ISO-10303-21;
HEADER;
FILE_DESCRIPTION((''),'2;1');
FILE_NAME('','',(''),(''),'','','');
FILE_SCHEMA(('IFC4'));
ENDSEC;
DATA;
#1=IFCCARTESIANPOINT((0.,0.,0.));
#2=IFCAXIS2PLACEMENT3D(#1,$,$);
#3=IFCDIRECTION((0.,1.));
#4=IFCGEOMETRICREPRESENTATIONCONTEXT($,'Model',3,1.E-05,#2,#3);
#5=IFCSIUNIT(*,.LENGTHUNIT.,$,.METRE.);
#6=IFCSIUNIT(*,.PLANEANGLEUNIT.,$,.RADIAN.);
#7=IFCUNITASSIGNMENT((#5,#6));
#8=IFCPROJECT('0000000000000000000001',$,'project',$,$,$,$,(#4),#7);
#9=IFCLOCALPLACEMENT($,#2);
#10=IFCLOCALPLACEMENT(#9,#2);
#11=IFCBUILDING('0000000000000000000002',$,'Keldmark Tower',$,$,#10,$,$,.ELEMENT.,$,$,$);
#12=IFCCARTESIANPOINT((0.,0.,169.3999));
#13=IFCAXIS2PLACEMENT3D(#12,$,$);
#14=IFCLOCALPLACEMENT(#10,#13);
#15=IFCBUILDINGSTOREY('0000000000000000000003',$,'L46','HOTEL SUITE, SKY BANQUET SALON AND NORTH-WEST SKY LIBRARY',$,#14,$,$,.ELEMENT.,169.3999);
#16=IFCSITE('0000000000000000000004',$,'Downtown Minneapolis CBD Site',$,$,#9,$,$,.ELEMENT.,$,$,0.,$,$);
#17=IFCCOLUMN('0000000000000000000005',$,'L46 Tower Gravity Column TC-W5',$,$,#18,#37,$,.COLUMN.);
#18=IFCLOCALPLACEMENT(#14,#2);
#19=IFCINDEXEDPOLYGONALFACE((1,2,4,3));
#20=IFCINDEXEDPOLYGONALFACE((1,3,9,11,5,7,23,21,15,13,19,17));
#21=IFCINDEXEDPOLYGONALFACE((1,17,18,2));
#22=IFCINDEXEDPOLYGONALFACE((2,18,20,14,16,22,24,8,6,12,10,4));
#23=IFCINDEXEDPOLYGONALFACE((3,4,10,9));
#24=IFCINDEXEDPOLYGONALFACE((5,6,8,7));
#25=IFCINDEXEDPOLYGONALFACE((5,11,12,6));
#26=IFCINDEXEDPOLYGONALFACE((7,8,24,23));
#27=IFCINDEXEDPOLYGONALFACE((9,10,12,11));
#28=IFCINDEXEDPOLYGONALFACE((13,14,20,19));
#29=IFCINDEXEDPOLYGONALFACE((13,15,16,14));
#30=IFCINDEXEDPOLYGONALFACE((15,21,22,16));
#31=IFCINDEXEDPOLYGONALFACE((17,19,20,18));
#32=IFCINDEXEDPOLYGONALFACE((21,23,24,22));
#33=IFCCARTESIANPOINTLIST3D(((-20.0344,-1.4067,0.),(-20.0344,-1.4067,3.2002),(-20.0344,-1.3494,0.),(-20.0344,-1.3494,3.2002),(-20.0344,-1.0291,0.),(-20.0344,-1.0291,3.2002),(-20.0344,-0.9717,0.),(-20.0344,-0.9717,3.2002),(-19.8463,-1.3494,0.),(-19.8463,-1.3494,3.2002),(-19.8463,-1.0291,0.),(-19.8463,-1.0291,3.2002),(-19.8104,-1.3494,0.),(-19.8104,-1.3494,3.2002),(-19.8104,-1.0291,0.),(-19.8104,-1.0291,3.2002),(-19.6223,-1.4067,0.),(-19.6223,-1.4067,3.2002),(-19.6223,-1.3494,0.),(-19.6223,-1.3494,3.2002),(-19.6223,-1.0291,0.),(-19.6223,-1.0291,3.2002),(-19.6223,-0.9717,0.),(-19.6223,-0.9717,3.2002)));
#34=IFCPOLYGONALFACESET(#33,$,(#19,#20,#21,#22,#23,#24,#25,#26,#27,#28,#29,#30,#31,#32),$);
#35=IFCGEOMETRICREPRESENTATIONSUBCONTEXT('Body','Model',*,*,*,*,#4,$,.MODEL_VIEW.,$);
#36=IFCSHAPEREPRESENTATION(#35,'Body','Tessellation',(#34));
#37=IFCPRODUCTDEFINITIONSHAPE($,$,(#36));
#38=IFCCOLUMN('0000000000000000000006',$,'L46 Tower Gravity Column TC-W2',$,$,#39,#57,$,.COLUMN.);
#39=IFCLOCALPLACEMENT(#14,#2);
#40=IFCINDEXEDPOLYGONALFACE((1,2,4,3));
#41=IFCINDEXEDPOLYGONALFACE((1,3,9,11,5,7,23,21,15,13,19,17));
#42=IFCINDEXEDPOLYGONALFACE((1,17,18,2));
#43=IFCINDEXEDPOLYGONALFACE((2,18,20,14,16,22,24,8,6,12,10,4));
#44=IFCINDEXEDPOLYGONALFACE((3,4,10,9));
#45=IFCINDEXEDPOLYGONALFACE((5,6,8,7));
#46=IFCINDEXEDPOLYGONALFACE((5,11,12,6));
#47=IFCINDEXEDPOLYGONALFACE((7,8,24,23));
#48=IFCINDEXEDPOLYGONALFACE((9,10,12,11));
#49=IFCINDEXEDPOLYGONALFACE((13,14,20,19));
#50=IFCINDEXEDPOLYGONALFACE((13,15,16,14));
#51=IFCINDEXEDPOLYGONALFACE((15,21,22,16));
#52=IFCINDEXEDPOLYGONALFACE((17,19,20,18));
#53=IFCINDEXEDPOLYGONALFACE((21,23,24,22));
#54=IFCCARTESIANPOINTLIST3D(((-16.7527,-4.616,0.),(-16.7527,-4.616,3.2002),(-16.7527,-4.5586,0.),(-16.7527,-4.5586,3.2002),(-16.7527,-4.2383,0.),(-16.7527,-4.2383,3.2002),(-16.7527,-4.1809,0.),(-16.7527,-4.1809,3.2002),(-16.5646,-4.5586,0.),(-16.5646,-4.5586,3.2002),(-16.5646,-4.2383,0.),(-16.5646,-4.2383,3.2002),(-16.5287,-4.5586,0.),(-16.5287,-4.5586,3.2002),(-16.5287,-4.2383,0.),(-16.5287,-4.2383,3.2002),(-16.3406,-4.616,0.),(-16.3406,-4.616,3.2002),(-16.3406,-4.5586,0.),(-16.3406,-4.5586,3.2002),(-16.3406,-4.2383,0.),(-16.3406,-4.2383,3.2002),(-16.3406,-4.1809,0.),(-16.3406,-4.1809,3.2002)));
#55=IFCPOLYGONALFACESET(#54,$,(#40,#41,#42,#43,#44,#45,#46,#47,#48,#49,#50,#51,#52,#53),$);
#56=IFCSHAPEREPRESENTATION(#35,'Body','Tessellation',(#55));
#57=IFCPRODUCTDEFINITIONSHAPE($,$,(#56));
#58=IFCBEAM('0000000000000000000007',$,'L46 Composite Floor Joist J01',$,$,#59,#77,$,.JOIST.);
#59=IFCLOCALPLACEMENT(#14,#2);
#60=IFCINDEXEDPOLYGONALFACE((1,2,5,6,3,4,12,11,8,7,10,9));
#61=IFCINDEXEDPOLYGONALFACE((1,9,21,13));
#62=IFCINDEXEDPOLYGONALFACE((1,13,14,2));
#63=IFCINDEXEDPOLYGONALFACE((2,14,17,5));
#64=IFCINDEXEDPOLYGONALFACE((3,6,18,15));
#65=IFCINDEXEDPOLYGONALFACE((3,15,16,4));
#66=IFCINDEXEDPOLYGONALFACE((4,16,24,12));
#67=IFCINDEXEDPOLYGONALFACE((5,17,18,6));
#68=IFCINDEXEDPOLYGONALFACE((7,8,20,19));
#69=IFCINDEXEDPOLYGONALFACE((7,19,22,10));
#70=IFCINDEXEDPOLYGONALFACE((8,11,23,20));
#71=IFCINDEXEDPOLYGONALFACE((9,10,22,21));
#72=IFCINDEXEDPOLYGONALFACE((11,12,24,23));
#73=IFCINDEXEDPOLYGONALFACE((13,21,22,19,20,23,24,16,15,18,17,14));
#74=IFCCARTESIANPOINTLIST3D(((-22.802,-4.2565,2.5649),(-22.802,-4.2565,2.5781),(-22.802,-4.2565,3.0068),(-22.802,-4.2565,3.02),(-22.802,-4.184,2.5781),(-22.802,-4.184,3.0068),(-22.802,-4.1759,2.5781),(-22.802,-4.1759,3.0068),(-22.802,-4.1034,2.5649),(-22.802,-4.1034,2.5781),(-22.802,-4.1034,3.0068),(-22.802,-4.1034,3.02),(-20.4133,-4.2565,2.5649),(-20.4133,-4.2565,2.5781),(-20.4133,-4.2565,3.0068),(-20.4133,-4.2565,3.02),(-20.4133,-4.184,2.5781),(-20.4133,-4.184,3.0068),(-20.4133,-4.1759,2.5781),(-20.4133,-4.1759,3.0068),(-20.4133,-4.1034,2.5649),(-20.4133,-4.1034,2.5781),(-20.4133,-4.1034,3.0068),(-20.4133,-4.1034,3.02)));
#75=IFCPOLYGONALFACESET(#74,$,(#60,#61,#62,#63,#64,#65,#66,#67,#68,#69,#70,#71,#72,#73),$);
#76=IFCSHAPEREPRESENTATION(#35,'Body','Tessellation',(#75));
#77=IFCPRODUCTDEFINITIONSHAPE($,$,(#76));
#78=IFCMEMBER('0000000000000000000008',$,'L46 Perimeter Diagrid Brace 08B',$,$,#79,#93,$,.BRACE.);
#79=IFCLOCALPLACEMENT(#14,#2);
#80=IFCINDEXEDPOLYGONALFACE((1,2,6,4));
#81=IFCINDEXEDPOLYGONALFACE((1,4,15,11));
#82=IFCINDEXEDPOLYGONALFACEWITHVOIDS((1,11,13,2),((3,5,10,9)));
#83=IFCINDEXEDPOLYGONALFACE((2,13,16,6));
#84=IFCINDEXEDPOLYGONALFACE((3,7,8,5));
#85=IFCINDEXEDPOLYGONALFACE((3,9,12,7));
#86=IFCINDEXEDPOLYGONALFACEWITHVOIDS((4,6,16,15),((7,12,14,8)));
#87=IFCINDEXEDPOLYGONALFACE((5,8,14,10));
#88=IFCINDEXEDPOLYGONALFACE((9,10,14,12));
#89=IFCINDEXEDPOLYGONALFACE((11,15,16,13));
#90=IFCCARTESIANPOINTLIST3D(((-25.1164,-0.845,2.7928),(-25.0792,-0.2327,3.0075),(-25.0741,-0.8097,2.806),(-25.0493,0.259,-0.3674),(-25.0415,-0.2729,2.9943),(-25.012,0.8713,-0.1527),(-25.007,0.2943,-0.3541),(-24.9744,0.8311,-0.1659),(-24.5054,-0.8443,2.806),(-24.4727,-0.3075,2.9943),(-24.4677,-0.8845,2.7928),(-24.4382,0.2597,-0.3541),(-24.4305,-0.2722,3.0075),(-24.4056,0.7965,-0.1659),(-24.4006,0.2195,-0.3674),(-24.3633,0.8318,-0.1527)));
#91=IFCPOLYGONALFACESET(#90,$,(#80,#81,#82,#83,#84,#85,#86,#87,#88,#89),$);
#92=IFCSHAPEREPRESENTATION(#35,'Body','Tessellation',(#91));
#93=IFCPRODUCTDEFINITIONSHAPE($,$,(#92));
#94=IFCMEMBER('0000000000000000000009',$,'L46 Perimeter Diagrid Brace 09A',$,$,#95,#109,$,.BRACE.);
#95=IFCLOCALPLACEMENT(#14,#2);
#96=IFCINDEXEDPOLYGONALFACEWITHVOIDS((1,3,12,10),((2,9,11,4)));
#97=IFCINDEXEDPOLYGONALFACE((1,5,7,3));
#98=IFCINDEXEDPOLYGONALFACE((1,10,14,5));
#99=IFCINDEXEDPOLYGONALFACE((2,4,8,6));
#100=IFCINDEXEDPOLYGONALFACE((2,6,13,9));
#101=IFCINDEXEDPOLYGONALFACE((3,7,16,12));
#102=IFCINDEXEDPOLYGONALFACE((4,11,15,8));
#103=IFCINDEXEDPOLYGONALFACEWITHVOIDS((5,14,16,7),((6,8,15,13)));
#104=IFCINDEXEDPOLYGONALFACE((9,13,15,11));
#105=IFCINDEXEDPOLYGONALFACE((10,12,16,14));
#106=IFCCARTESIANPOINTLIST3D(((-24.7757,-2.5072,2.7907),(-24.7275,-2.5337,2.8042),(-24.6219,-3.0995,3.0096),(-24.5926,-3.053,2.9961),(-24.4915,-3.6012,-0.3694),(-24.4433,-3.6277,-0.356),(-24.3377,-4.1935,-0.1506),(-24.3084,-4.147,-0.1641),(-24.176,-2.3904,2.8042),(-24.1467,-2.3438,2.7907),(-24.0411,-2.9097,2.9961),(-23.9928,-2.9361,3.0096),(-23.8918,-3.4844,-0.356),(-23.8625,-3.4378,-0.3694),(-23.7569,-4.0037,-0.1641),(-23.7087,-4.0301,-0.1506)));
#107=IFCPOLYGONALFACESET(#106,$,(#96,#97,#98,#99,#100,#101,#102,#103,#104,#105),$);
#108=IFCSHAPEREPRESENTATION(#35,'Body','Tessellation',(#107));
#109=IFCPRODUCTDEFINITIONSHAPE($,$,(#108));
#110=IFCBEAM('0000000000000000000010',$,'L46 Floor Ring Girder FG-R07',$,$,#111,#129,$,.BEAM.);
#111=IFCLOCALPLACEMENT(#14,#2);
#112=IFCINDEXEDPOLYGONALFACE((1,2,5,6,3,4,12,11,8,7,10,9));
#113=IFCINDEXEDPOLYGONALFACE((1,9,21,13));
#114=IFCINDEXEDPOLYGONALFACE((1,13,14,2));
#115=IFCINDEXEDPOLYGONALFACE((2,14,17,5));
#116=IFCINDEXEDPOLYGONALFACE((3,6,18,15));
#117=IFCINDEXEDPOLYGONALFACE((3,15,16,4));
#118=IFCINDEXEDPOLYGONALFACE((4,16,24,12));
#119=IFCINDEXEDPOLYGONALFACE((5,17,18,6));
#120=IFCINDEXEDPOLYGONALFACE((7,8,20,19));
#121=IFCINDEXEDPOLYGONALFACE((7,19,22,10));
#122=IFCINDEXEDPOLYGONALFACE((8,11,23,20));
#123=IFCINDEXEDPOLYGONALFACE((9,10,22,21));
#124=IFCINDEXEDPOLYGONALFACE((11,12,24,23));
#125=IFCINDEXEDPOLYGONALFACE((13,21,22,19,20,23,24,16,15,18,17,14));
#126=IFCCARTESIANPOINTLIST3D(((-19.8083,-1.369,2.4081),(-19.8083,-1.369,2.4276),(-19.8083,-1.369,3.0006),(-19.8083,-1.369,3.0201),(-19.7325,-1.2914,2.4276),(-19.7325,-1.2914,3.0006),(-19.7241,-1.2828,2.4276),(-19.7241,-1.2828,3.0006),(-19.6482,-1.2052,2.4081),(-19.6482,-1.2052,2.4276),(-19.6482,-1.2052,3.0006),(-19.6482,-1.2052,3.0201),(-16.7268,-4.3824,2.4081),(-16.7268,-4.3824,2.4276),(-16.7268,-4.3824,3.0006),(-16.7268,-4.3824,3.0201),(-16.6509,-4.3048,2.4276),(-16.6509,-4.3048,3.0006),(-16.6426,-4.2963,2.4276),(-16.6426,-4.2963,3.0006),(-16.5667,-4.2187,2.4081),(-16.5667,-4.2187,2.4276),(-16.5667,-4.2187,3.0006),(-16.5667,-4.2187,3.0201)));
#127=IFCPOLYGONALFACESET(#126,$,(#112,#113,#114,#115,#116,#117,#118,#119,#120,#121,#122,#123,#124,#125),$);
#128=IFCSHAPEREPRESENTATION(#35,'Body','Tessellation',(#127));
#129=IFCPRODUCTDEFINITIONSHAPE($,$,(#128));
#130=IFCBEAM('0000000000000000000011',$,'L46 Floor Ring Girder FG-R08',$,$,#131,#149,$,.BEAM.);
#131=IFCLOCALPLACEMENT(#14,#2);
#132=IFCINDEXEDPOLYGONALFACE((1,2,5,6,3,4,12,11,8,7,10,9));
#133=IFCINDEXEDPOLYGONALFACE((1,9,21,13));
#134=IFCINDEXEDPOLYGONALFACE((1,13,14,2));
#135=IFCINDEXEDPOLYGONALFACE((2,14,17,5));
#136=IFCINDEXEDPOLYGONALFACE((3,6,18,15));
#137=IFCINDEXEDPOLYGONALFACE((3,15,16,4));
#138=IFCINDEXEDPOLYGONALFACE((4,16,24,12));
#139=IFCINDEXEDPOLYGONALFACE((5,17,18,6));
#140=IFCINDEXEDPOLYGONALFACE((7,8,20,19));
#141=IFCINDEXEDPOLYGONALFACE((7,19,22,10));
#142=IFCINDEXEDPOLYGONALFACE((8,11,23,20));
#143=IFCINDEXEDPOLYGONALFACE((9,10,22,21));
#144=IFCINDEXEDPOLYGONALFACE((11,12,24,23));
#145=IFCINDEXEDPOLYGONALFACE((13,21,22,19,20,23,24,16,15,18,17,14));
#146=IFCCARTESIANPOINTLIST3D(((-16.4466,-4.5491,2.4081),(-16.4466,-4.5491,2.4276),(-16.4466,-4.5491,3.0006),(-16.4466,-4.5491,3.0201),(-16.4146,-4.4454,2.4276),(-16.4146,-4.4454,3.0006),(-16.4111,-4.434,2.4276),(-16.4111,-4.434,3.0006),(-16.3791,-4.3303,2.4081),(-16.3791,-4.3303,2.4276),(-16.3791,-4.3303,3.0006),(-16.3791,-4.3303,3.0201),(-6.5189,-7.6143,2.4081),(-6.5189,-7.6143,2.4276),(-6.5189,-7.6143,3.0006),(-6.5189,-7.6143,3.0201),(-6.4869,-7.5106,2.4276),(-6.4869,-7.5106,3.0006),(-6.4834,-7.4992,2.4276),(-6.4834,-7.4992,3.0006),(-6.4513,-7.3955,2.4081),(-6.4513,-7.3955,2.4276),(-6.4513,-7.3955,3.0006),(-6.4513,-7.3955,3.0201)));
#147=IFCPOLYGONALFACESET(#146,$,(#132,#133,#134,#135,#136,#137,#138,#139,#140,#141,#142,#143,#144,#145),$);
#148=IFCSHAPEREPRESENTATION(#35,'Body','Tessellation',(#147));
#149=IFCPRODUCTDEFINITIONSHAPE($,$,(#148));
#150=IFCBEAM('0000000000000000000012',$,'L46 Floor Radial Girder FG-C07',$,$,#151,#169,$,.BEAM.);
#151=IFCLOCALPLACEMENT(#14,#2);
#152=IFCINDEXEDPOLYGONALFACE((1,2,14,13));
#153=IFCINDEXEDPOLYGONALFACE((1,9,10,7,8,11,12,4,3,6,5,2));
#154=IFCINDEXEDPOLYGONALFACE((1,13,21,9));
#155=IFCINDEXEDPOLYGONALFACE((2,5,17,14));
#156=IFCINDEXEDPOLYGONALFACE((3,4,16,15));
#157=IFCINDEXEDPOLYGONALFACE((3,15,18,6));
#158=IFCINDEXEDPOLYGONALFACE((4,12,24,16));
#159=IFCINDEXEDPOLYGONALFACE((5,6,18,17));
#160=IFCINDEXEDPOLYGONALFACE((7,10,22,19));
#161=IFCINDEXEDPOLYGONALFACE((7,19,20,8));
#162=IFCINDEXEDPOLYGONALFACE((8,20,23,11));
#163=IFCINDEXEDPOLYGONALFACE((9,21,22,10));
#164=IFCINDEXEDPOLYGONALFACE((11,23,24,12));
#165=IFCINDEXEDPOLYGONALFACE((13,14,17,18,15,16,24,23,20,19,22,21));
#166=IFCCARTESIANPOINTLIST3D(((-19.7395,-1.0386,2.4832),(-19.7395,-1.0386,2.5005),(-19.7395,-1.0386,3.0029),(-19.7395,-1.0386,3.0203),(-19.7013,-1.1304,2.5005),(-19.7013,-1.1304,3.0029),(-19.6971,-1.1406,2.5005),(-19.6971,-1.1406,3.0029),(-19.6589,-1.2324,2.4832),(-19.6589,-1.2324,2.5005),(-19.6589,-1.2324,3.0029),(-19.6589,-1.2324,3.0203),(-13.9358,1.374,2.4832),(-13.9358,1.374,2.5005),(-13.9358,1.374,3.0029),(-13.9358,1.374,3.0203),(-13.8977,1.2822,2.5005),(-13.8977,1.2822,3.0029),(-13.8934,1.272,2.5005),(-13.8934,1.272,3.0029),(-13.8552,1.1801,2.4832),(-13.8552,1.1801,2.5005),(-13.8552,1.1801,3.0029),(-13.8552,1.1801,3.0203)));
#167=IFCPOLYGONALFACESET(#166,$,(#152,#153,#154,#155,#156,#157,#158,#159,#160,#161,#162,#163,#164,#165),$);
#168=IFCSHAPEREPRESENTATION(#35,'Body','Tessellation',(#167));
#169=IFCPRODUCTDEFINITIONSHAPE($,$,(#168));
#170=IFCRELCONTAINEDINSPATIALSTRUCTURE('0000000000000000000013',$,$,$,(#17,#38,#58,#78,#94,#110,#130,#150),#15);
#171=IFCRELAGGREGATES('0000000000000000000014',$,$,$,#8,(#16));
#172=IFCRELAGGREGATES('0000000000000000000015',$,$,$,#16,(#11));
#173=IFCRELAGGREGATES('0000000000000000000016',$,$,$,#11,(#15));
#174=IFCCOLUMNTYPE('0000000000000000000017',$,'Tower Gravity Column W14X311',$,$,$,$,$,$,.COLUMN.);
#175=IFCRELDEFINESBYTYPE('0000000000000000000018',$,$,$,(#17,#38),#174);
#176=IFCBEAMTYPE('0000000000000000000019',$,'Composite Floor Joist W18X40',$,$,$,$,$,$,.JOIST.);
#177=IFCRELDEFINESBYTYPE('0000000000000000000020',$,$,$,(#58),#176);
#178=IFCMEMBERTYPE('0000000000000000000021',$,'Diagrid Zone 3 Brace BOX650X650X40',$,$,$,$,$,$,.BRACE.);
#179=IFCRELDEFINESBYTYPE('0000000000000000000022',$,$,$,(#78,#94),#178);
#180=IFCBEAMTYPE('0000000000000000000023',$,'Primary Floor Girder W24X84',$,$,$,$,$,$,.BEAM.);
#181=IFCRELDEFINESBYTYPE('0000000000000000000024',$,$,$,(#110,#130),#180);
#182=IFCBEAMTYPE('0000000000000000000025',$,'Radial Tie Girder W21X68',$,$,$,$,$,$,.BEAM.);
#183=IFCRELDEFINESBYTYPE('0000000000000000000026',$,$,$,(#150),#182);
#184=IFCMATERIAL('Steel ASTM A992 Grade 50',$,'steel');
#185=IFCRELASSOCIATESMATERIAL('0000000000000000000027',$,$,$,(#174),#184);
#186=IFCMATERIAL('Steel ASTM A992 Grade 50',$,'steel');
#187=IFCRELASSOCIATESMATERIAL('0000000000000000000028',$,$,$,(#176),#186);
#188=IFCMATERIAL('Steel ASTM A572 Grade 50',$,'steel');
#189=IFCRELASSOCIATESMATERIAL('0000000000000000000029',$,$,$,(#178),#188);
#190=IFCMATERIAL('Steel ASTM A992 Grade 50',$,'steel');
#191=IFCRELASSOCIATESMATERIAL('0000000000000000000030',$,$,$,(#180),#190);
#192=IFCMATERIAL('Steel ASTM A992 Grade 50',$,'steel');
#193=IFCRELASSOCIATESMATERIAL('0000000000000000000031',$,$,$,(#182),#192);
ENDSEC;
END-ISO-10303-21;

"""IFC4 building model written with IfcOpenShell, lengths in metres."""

from ifc_helpers import new_model, si_unit, direction, frame, origin, origin_2d, place, context, subcontext, project, spatial, hollow_rectangle, i_section, extrude, material, material_profile, profile_set, type_object, element, save


model = new_model("IFC4")

# Units and contexts
model_context = context("Model", 3, precision=1e-05, world=origin(), true_north=direction((0.0, 1.0)))
body_context = subcontext(model_context, "Body", "Model", "MODEL_VIEW")
ifc_project = project(units=[si_unit("LENGTHUNIT", "METRE"), si_unit("PLANEANGLEUNIT", "RADIAN")], contexts=[model_context])

# Site, building, storey
site_placement = place(None, origin())
site = spatial("IfcSite", under=ifc_project, at=site_placement, Name="Downtown Minneapolis CBD Site", CompositionType="ELEMENT", RefElevation=0.0)
building_placement = place(site_placement, origin())
building = spatial("IfcBuilding", under=site, at=building_placement, Name="Keldmark Tower", CompositionType="ELEMENT")
storey_placement = place(building_placement, frame((0.0, 0.0, 169.3999)))
storey = spatial("IfcBuildingStorey", under=building, at=storey_placement, Name="L46", Description="HOTEL SUITE, SKY BANQUET SALON AND NORTH-WEST SKY LIBRARY", CompositionType="ELEMENT", Elevation=169.3999)

# Columns
ifc_material_1 = material(Name="Steel ASTM A992 Grade 50", Category="steel")
ifc_material_profile_1 = material_profile(ifc_material_1, i_section(OverallWidth=0.4121, OverallDepth=0.4351, WebThickness=0.0359, FlangeThickness=0.0574, at=origin_2d()), Name="W14X311")
ifc_profile_set_1 = profile_set([ifc_material_profile_1], Name="Steel ASTM A992 Grade 50")
column_type = type_object("IfcColumnType", Name="Tower Gravity Column W14X311", PredefinedType="COLUMN", material=ifc_profile_set_1)
for number, where, z_axis, x_axis, name in (
    (1, (-19.8284, -1.1892, 0.0), (0.0, 0.0, 1.0), (1.0, 0.0, 0.0), "L46 Tower Gravity Column TC-W5"),
    (2, (-16.5466, -4.3984, 0.0), (0.0, 0.0, 1.0), (1.0, 0.0, 0.0), "L46 Tower Gravity Column TC-W2"),
):
    element("IfcColumn", number, at=place(storey_placement, frame(where, z_axis=z_axis, x_axis=x_axis)), inside=storey, type_object=column_type, Name=name, PredefinedType="COLUMN", context=body_context, shape_type="SweptSolid", body=[
        extrude(i_section(OverallWidth=0.4121, OverallDepth=0.4351, WebThickness=0.0359, FlangeThickness=0.0574, at=origin_2d()), origin(), (0.0, 0.0, 1.0), 3.2002),
    ])

# Beam
ifc_material_2 = material(Name="Steel ASTM A992 Grade 50", Category="steel")
ifc_material_profile_2 = material_profile(ifc_material_2, i_section(OverallWidth=0.1531, OverallDepth=0.4551, WebThickness=0.0081, FlangeThickness=0.0132, at=origin_2d()), Name="W18X40")
ifc_profile_set_2 = profile_set([ifc_material_profile_2], Name="Steel ASTM A992 Grade 50")
beam_type_1 = type_object("IfcBeamType", Name="Composite Floor Joist W18X40", PredefinedType="JOIST", material=ifc_profile_set_2)
beam_1_placement = place(storey_placement, frame((-22.802, -4.1799, 2.7925), z_axis=(1.0, 0.0, 0.0), x_axis=(0.0, 1.0, 0.0)))
element("IfcBeam", 3, at=beam_1_placement, inside=storey, type_object=beam_type_1, Name="L46 Composite Floor Joist J01", PredefinedType="JOIST", context=body_context, shape_type="SweptSolid", body=[
    extrude(i_section(OverallWidth=0.1531, OverallDepth=0.4551, WebThickness=0.0081, FlangeThickness=0.0132, at=origin_2d()), origin(), (0.0, 0.0, 1.0), 2.3887),
])

# Members
ifc_material_3 = material(Name="Steel ASTM A572 Grade 50", Category="steel")
ifc_material_profile_3 = material_profile(ifc_material_3, hollow_rectangle(XDim=0.6499, YDim=0.6499, WallThickness=0.04, at=origin_2d()), Name="BOX650X650X40")
ifc_profile_set_3 = profile_set([ifc_material_profile_3], Name="Steel ASTM A572 Grade 50")
member_type = type_object("IfcMemberType", Name="Diagrid Zone 3 Brace BOX650X650X40", PredefinedType="BRACE", material=ifc_profile_set_3)
member_1_placement = place(storey_placement, frame((-24.7063, 0.5454, -0.26), z_axis=(-0.020053, -0.329738, 0.943859), x_axis=(0.998156, -0.060702, 0.0)))
element("IfcMember", 4, at=member_1_placement, inside=storey, type_object=member_type, Name="L46 Perimeter Diagrid Brace 08B", PredefinedType="BRACE", context=body_context, shape_type="SweptSolid", body=[
    extrude(hollow_rectangle(XDim=0.6499, YDim=0.6499, WallThickness=0.04, at=origin_2d()), origin(), (0.0, 0.0, 1.0), 3.3481),
])
member_2_placement = place(storey_placement, frame((-24.1001, -3.8157, -0.26), z_axis=(-0.084673, 0.325961, 0.941584), x_axis=(-0.967878, -0.251419, 0.0)))
element("IfcMember", 5, at=member_2_placement, inside=storey, type_object=member_type, Name="L46 Perimeter Diagrid Brace 09A", PredefinedType="BRACE", context=body_context, shape_type="SweptSolid", body=[
    extrude(hollow_rectangle(XDim=0.6499, YDim=0.6499, WallThickness=0.04, at=origin_2d()), origin(), (0.0, 0.0, 1.0), 3.3562),
])

# Beams
ifc_material_4 = material(Name="Steel ASTM A992 Grade 50", Category="steel")
ifc_material_profile_4 = material_profile(ifc_material_4, i_section(OverallWidth=0.229, OverallDepth=0.6121, WebThickness=0.012, FlangeThickness=0.0195, at=origin_2d()), Name="W24X84")
ifc_profile_set_4 = profile_set([ifc_material_profile_4], Name="Steel ASTM A992 Grade 50")
beam_type_2 = type_object("IfcBeamType", Name="Primary Floor Girder W24X84", PredefinedType="BEAM", material=ifc_profile_set_4)
beam_2_placement = place(storey_placement, frame((-19.7283, -1.2871, 2.7141), z_axis=(0.714965, -0.699161, 0.0), x_axis=(0.699161, 0.714965, 0.0)))
element("IfcBeam", 6, at=beam_2_placement, inside=storey, type_object=beam_type_2, Name="L46 Floor Ring Girder FG-R07", PredefinedType="BEAM", context=body_context, shape_type="SweptSolid", body=[
    extrude(i_section(OverallWidth=0.229, OverallDepth=0.6121, WebThickness=0.012, FlangeThickness=0.0195, at=origin_2d()), origin(), (0.0, 0.0, 1.0), 4.3101),
])
beam_3_placement = place(storey_placement, frame((-16.4128, -4.4397, 2.7141), z_axis=(0.955495, -0.295009, 0.0), x_axis=(0.295009, 0.955495, 0.0)))
element("IfcBeam", 7, at=beam_3_placement, inside=storey, type_object=beam_type_2, Name="L46 Floor Ring Girder FG-R08", PredefinedType="BEAM", context=body_context, shape_type="SweptSolid", body=[
    extrude(i_section(OverallWidth=0.229, OverallDepth=0.6121, WebThickness=0.012, FlangeThickness=0.0195, at=origin_2d()), origin(), (0.0, 0.0, 1.0), 10.3901),
])
ifc_material_5 = material(Name="Steel ASTM A992 Grade 50", Category="steel")
ifc_material_profile_5 = material_profile(ifc_material_5, i_section(OverallWidth=0.21, OverallDepth=0.5371, WebThickness=0.011, FlangeThickness=0.0173, at=origin_2d()), Name="W21X68")
ifc_profile_set_5 = profile_set([ifc_material_profile_5], Name="Steel ASTM A992 Grade 50")
beam_type_3 = type_object("IfcBeamType", Name="Radial Tie Girder W21X68", PredefinedType="BEAM", material=ifc_profile_set_5)
beam_4_placement = place(storey_placement, frame((-19.6992, -1.1355, 2.7517), z_axis=(0.923394, 0.383854, 0.0), x_axis=(-0.383854, 0.923394, 0.0)))
element("IfcBeam", 8, at=beam_4_placement, inside=storey, type_object=beam_type_3, Name="L46 Floor Radial Girder FG-C07", PredefinedType="BEAM", context=body_context, shape_type="SweptSolid", body=[
    extrude(i_section(OverallWidth=0.21, OverallDepth=0.5371, WebThickness=0.011, FlangeThickness=0.0173, at=origin_2d()), origin(), (0.0, 0.0, 1.0), 6.2852),
])

save(model, "model.ifc")
